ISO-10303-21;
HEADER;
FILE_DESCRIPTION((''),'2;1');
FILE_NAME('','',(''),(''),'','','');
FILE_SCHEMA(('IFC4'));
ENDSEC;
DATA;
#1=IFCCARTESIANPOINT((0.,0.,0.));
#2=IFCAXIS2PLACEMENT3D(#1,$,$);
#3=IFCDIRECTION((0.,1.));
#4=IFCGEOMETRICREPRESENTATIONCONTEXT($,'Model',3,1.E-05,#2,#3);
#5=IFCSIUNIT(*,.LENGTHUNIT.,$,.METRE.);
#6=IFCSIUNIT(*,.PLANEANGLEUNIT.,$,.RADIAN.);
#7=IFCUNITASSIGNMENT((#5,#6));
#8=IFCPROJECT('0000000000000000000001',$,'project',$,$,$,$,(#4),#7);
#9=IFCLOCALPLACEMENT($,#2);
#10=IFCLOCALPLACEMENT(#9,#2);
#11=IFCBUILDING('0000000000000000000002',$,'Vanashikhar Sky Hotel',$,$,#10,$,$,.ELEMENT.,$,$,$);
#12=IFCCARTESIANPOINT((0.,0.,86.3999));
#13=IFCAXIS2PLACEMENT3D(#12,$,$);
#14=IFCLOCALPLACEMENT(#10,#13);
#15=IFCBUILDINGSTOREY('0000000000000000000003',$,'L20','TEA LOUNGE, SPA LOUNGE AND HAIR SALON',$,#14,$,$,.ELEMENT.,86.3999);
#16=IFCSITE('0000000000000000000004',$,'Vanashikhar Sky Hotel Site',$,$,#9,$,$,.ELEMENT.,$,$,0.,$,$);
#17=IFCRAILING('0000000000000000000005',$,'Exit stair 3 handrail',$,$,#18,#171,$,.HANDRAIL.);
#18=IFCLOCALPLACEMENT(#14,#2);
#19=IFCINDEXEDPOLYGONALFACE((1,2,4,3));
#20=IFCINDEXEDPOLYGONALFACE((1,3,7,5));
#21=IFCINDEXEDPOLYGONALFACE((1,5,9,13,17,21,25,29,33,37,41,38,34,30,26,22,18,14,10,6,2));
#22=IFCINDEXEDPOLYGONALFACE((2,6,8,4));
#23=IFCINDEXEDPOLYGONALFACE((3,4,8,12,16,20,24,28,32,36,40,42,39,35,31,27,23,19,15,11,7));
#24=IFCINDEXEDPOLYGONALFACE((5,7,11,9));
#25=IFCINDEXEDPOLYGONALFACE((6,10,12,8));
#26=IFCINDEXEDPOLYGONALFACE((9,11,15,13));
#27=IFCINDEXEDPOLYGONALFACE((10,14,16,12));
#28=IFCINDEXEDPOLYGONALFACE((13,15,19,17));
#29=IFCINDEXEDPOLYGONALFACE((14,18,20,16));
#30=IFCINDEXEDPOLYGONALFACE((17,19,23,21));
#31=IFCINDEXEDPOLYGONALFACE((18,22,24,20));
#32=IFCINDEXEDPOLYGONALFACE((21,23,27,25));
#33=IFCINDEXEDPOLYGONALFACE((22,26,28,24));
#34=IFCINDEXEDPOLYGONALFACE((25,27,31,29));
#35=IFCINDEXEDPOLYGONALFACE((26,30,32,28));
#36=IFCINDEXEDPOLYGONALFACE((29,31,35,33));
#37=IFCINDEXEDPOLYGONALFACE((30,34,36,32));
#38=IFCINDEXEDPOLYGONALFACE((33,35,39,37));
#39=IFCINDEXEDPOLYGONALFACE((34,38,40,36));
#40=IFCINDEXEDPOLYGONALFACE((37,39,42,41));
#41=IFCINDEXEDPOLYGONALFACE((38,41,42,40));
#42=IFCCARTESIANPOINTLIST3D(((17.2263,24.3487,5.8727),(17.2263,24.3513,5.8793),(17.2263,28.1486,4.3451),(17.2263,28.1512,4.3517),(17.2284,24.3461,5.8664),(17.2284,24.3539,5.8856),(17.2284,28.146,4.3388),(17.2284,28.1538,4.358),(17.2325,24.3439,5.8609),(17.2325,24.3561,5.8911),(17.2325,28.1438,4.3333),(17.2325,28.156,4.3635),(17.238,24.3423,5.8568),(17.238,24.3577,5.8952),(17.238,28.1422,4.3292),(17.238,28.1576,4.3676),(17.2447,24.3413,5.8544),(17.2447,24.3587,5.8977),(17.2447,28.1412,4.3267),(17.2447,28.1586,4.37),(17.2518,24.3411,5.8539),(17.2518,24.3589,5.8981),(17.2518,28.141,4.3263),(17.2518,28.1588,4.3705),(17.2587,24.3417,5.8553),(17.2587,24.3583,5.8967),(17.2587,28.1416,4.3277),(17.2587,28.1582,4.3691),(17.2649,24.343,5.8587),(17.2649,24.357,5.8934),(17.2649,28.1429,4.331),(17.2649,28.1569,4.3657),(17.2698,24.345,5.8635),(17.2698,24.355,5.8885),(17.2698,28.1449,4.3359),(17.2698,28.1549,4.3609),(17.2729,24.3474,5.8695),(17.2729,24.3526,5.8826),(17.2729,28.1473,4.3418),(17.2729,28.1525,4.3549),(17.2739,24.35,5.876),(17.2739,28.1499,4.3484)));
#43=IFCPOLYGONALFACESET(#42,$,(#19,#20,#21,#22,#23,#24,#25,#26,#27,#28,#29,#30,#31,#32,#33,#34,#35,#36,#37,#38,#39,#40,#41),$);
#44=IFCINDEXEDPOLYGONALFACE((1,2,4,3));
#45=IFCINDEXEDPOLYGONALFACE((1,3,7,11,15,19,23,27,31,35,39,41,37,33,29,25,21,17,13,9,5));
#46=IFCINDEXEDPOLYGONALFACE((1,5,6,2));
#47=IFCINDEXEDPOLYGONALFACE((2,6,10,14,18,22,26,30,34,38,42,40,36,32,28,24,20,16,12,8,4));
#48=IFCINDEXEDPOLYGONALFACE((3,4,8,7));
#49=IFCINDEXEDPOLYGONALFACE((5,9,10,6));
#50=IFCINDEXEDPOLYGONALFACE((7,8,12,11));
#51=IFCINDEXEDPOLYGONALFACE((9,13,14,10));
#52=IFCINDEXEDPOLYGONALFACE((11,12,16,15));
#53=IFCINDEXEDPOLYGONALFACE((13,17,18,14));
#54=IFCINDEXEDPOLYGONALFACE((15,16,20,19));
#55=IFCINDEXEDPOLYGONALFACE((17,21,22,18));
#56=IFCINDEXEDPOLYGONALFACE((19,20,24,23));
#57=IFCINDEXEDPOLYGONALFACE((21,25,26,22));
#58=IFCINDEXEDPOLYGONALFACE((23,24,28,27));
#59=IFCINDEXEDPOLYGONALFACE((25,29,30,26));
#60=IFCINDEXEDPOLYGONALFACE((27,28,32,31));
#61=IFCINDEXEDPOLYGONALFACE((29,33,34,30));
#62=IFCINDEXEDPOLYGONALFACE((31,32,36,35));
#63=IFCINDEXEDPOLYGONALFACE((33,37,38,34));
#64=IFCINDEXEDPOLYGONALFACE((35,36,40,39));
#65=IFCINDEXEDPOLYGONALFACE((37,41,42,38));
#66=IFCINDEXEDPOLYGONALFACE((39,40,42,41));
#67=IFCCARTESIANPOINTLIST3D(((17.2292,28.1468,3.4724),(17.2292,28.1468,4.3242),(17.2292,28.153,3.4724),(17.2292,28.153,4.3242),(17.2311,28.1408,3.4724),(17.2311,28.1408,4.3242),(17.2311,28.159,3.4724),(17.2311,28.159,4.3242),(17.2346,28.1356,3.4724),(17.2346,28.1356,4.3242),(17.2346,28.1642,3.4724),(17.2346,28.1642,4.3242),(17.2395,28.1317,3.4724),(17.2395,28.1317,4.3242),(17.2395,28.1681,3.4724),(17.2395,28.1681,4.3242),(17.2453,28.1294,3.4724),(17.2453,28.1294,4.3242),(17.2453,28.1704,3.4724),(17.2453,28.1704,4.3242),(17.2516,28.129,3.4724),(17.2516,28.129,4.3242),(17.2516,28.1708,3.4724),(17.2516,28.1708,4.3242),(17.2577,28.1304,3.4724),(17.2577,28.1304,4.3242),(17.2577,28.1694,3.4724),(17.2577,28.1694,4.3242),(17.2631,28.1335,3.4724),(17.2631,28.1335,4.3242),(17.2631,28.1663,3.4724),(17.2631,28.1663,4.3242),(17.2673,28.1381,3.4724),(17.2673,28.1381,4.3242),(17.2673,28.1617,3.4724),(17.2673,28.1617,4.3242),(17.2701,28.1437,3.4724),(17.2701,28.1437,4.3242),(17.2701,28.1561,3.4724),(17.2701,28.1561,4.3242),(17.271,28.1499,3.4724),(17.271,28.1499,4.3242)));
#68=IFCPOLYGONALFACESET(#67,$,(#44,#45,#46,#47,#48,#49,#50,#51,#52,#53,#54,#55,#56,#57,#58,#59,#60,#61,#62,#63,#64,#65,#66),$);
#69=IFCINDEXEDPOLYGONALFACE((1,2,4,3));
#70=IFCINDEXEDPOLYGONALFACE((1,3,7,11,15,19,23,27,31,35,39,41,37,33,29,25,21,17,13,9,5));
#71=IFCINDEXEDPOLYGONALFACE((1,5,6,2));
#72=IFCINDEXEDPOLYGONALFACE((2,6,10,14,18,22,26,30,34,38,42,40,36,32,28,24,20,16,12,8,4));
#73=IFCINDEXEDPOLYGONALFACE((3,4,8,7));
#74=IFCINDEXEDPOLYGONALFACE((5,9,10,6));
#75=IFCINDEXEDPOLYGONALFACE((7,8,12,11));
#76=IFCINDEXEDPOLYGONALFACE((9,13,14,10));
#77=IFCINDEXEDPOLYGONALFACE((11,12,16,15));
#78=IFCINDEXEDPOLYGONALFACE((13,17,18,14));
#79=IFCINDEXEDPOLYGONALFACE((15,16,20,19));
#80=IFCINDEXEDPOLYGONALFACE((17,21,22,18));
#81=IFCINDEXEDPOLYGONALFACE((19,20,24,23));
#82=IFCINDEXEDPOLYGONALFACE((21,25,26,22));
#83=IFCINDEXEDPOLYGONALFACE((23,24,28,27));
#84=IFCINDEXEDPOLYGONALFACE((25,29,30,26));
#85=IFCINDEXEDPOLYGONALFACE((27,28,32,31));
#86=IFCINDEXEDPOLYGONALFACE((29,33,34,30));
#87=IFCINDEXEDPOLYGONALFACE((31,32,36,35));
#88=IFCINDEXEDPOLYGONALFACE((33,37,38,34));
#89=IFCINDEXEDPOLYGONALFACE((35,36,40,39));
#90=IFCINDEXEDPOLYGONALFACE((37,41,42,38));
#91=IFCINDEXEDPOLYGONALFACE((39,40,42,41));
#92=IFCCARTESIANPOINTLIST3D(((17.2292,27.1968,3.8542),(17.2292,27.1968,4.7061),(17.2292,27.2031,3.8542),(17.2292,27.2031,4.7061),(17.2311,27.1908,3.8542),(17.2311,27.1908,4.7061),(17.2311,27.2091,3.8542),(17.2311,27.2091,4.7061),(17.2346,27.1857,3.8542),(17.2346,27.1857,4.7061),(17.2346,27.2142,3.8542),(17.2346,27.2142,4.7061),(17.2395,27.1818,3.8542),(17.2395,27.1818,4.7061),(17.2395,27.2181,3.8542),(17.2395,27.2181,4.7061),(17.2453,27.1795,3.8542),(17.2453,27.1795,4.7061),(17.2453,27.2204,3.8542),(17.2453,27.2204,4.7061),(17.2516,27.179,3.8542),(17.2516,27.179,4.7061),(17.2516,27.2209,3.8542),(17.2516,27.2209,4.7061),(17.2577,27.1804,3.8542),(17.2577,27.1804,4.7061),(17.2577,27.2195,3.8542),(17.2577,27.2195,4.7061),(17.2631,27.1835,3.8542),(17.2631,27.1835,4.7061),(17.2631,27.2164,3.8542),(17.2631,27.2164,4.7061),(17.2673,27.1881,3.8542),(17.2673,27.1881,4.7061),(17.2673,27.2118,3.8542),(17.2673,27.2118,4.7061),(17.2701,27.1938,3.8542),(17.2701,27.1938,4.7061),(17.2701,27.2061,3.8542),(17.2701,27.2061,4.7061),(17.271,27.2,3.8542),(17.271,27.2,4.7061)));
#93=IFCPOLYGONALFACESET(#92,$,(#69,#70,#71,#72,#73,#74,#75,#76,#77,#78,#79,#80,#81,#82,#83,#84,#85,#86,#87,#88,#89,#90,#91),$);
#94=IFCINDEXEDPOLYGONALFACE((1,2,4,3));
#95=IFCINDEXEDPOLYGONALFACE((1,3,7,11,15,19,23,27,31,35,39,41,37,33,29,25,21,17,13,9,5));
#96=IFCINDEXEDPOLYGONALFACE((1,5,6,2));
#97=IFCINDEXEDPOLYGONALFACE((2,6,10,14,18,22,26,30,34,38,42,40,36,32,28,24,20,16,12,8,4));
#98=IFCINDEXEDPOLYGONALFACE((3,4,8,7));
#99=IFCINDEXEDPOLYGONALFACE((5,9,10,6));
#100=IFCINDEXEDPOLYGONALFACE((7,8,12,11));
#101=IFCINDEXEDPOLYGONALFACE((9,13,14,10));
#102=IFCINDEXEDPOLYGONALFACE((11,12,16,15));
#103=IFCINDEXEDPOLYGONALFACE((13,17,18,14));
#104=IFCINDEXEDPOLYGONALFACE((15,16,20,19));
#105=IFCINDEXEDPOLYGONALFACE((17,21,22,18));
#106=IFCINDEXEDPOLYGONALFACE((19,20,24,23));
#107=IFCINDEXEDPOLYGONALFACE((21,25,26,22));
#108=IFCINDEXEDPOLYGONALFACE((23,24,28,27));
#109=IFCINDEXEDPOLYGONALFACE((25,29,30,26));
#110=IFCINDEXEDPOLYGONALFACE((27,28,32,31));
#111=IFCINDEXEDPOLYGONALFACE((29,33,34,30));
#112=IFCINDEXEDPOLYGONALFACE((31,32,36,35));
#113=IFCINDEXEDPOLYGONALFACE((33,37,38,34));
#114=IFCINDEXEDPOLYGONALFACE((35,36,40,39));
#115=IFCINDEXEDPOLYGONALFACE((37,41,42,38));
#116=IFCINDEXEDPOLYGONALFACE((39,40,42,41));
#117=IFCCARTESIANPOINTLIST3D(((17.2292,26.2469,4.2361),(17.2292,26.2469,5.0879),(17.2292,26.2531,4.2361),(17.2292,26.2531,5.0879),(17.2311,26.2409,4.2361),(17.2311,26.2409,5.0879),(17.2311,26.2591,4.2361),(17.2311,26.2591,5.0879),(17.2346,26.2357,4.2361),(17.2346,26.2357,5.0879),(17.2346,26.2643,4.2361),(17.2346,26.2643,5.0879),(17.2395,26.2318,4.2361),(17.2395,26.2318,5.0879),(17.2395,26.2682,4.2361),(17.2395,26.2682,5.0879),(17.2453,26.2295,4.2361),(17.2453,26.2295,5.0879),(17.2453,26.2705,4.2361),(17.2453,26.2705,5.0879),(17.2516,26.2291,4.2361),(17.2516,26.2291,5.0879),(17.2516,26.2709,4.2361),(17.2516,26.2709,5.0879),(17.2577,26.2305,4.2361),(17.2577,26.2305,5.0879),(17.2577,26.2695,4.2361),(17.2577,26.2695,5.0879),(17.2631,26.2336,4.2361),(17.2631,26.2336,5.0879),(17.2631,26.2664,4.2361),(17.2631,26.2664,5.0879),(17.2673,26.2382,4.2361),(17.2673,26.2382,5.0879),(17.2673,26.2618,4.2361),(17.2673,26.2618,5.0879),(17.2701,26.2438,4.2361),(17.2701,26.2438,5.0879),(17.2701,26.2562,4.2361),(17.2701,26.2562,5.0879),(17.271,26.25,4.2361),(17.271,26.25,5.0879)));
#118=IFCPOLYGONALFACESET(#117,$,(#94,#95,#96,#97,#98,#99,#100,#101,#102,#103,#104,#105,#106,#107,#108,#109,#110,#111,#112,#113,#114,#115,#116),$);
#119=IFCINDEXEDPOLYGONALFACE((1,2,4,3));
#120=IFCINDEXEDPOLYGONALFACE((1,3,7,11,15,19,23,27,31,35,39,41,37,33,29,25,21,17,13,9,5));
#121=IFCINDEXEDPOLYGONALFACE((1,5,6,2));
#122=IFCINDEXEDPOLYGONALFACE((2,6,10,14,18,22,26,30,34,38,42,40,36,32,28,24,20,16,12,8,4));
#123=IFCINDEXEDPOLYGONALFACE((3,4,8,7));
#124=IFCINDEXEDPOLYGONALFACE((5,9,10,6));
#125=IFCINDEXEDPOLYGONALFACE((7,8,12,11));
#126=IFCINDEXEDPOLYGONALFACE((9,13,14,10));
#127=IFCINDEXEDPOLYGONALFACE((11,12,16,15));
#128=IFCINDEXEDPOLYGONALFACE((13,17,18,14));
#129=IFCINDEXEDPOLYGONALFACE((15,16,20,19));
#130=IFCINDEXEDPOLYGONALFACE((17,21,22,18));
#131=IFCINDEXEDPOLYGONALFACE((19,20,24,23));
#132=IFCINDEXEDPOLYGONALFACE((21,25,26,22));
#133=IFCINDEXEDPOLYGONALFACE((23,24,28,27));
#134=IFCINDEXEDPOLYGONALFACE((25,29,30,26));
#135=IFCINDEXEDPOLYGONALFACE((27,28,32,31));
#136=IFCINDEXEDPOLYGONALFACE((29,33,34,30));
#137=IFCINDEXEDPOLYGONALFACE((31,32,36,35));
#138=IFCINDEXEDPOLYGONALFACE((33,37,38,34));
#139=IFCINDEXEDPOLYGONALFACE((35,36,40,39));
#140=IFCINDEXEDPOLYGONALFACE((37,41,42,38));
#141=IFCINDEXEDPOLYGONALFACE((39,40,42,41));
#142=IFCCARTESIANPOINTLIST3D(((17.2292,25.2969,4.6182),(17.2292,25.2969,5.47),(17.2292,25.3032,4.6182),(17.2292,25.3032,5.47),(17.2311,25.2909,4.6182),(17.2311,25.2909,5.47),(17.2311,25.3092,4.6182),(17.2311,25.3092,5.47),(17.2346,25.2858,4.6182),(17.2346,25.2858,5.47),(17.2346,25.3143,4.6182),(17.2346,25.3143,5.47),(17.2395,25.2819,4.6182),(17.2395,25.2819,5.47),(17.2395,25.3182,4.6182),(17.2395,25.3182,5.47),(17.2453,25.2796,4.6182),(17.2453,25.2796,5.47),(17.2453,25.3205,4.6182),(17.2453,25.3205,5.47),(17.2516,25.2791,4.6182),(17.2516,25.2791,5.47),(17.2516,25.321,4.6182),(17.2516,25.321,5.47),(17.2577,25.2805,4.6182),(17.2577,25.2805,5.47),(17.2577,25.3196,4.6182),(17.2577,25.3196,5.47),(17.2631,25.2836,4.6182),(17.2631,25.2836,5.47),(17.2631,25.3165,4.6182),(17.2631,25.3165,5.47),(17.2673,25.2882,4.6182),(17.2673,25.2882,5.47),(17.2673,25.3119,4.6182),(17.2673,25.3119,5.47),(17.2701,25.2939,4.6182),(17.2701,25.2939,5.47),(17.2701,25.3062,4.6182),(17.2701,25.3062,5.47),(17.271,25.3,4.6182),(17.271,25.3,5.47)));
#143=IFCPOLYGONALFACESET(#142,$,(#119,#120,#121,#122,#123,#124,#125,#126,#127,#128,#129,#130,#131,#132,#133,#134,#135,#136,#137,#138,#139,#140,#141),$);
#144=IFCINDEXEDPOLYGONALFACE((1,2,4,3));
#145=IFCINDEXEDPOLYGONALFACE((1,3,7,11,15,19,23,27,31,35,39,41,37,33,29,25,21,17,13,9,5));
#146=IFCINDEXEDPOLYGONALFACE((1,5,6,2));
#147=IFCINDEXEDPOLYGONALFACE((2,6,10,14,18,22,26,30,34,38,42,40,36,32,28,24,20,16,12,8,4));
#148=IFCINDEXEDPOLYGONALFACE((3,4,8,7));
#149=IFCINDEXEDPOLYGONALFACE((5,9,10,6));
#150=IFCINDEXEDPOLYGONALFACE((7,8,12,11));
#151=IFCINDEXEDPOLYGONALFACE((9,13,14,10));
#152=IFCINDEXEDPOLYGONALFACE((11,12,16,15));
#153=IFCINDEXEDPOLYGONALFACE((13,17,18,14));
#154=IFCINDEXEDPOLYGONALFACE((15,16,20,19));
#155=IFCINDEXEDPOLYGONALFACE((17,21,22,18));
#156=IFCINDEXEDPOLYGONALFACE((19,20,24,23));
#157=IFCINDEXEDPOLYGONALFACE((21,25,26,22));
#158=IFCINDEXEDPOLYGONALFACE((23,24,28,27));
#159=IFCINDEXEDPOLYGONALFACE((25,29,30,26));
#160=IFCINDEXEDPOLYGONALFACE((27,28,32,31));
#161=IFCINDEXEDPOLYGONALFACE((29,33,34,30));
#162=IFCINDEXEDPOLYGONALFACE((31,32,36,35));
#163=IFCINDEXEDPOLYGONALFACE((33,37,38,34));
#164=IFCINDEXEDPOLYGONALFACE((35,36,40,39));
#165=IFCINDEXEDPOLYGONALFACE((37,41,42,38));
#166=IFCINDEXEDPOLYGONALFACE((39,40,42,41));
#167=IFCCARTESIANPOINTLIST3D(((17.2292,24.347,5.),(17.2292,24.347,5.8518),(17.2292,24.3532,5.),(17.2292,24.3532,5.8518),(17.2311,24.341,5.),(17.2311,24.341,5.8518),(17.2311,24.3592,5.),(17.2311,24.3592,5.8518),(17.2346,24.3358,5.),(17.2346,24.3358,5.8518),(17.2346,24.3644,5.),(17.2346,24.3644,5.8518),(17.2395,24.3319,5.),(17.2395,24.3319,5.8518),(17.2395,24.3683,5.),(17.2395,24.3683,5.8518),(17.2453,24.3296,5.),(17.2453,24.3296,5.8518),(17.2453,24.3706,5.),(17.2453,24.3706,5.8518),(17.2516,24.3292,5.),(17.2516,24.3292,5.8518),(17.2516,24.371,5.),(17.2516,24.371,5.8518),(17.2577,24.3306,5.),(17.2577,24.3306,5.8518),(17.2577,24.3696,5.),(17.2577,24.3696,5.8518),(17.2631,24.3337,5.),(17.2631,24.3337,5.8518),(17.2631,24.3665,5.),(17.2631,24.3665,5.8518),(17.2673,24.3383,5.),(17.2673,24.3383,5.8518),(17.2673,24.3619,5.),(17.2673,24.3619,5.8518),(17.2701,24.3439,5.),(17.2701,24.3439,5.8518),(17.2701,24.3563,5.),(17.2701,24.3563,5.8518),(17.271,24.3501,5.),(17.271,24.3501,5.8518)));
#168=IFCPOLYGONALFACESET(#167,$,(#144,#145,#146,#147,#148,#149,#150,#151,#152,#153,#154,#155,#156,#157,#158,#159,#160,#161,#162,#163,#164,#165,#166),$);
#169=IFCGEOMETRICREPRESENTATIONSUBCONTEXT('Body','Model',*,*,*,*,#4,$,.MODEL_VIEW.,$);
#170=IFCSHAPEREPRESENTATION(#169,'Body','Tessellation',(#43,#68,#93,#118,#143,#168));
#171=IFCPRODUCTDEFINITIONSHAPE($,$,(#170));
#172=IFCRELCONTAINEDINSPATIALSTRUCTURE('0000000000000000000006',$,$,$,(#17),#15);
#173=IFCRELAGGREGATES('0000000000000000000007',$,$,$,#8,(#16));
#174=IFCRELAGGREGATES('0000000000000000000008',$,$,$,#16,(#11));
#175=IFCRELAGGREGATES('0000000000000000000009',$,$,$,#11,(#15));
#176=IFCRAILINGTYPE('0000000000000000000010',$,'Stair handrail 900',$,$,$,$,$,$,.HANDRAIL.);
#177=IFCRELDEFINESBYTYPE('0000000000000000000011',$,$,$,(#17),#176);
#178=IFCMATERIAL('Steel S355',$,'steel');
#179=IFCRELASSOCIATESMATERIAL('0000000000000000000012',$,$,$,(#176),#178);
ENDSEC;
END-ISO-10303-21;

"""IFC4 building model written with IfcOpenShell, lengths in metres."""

from ifc_helpers import new_model, si_unit, direction, frame, origin, origin_2d, place, context, subcontext, project, spatial, circle, extrude, source, transform, mapped, material, type_object, element, save


model = new_model("IFC4")

# Units and contexts
model_context = context("Model", 3, precision=1e-05, world=origin(), true_north=direction((0.0, 1.0)))
body_context = subcontext(model_context, "Body", "Model", "MODEL_VIEW")
ifc_project = project(units=[si_unit("LENGTHUNIT", "METRE"), si_unit("PLANEANGLEUNIT", "RADIAN")], contexts=[model_context])

# Site, building, storey
site_placement = place(None, origin())
site = spatial("IfcSite", under=ifc_project, at=site_placement, Name="Vanashikhar Sky Hotel Site", CompositionType="ELEMENT", RefElevation=0.0)
building_placement = place(site_placement, origin())
building = spatial("IfcBuilding", under=site, at=building_placement, Name="Vanashikhar Sky Hotel", CompositionType="ELEMENT")
storey_placement = place(building_placement, frame((0.0, 0.0, 86.3999)))
storey = spatial("IfcBuildingStorey", under=building, at=storey_placement, Name="L20", Description="TEA LOUNGE, SPA LOUNGE AND HAIR SALON", CompositionType="ELEMENT", Elevation=86.3999)

# Railing
ifc_material_1 = material(Name="Steel S355", Category="steel")
railing_type_1 = type_object("IfcRailingType", Name="Stair handrail 900", PredefinedType="HANDRAIL", material=ifc_material_1)
shared_shape_1 = source(origin(), body_context, "Body", "SweptSolid", [
    extrude(circle(Radius=0.0239, at=origin_2d()), frame((0.0, 0.0, 0.876), z_axis=(0.0, -0.92783, 0.373004), x_axis=(1.0, 0.0, 0.0)), (0.0, 0.0, 1.0), 4.0955),
    extrude(circle(Radius=0.021, at=origin_2d()), origin(), (0.0, 0.0, 1.0), 0.8518),
    extrude(circle(Radius=0.021, at=origin_2d()), frame((0.0, -0.95, 0.3818)), (0.0, 0.0, 1.0), 0.8518),
    extrude(circle(Radius=0.021, at=origin_2d()), frame((0.0, -1.8999, 0.7637)), (0.0, 0.0, 1.0), 0.8518),
    extrude(circle(Radius=0.021, at=origin_2d()), frame((0.0, -2.8499, 1.1458)), (0.0, 0.0, 1.0), 0.8518),
    extrude(circle(Radius=0.021, at=origin_2d()), frame((0.0, -3.7998, 1.5276)), (0.0, 0.0, 1.0), 0.8518),
])
railing_1_placement = place(storey_placement, frame((17.25, 28.1499, 3.4724)))
element("IfcRailing", 1, at=railing_1_placement, inside=storey, type_object=railing_type_1, Name="Exit stair 3 handrail", PredefinedType="HANDRAIL", context=body_context, shape_type="MappedRepresentation", body=[
    mapped(shared_shape_1, transform((0.0, 0.0, 0.0), scale=1.0)),
])

save(model, "model.ifc")
